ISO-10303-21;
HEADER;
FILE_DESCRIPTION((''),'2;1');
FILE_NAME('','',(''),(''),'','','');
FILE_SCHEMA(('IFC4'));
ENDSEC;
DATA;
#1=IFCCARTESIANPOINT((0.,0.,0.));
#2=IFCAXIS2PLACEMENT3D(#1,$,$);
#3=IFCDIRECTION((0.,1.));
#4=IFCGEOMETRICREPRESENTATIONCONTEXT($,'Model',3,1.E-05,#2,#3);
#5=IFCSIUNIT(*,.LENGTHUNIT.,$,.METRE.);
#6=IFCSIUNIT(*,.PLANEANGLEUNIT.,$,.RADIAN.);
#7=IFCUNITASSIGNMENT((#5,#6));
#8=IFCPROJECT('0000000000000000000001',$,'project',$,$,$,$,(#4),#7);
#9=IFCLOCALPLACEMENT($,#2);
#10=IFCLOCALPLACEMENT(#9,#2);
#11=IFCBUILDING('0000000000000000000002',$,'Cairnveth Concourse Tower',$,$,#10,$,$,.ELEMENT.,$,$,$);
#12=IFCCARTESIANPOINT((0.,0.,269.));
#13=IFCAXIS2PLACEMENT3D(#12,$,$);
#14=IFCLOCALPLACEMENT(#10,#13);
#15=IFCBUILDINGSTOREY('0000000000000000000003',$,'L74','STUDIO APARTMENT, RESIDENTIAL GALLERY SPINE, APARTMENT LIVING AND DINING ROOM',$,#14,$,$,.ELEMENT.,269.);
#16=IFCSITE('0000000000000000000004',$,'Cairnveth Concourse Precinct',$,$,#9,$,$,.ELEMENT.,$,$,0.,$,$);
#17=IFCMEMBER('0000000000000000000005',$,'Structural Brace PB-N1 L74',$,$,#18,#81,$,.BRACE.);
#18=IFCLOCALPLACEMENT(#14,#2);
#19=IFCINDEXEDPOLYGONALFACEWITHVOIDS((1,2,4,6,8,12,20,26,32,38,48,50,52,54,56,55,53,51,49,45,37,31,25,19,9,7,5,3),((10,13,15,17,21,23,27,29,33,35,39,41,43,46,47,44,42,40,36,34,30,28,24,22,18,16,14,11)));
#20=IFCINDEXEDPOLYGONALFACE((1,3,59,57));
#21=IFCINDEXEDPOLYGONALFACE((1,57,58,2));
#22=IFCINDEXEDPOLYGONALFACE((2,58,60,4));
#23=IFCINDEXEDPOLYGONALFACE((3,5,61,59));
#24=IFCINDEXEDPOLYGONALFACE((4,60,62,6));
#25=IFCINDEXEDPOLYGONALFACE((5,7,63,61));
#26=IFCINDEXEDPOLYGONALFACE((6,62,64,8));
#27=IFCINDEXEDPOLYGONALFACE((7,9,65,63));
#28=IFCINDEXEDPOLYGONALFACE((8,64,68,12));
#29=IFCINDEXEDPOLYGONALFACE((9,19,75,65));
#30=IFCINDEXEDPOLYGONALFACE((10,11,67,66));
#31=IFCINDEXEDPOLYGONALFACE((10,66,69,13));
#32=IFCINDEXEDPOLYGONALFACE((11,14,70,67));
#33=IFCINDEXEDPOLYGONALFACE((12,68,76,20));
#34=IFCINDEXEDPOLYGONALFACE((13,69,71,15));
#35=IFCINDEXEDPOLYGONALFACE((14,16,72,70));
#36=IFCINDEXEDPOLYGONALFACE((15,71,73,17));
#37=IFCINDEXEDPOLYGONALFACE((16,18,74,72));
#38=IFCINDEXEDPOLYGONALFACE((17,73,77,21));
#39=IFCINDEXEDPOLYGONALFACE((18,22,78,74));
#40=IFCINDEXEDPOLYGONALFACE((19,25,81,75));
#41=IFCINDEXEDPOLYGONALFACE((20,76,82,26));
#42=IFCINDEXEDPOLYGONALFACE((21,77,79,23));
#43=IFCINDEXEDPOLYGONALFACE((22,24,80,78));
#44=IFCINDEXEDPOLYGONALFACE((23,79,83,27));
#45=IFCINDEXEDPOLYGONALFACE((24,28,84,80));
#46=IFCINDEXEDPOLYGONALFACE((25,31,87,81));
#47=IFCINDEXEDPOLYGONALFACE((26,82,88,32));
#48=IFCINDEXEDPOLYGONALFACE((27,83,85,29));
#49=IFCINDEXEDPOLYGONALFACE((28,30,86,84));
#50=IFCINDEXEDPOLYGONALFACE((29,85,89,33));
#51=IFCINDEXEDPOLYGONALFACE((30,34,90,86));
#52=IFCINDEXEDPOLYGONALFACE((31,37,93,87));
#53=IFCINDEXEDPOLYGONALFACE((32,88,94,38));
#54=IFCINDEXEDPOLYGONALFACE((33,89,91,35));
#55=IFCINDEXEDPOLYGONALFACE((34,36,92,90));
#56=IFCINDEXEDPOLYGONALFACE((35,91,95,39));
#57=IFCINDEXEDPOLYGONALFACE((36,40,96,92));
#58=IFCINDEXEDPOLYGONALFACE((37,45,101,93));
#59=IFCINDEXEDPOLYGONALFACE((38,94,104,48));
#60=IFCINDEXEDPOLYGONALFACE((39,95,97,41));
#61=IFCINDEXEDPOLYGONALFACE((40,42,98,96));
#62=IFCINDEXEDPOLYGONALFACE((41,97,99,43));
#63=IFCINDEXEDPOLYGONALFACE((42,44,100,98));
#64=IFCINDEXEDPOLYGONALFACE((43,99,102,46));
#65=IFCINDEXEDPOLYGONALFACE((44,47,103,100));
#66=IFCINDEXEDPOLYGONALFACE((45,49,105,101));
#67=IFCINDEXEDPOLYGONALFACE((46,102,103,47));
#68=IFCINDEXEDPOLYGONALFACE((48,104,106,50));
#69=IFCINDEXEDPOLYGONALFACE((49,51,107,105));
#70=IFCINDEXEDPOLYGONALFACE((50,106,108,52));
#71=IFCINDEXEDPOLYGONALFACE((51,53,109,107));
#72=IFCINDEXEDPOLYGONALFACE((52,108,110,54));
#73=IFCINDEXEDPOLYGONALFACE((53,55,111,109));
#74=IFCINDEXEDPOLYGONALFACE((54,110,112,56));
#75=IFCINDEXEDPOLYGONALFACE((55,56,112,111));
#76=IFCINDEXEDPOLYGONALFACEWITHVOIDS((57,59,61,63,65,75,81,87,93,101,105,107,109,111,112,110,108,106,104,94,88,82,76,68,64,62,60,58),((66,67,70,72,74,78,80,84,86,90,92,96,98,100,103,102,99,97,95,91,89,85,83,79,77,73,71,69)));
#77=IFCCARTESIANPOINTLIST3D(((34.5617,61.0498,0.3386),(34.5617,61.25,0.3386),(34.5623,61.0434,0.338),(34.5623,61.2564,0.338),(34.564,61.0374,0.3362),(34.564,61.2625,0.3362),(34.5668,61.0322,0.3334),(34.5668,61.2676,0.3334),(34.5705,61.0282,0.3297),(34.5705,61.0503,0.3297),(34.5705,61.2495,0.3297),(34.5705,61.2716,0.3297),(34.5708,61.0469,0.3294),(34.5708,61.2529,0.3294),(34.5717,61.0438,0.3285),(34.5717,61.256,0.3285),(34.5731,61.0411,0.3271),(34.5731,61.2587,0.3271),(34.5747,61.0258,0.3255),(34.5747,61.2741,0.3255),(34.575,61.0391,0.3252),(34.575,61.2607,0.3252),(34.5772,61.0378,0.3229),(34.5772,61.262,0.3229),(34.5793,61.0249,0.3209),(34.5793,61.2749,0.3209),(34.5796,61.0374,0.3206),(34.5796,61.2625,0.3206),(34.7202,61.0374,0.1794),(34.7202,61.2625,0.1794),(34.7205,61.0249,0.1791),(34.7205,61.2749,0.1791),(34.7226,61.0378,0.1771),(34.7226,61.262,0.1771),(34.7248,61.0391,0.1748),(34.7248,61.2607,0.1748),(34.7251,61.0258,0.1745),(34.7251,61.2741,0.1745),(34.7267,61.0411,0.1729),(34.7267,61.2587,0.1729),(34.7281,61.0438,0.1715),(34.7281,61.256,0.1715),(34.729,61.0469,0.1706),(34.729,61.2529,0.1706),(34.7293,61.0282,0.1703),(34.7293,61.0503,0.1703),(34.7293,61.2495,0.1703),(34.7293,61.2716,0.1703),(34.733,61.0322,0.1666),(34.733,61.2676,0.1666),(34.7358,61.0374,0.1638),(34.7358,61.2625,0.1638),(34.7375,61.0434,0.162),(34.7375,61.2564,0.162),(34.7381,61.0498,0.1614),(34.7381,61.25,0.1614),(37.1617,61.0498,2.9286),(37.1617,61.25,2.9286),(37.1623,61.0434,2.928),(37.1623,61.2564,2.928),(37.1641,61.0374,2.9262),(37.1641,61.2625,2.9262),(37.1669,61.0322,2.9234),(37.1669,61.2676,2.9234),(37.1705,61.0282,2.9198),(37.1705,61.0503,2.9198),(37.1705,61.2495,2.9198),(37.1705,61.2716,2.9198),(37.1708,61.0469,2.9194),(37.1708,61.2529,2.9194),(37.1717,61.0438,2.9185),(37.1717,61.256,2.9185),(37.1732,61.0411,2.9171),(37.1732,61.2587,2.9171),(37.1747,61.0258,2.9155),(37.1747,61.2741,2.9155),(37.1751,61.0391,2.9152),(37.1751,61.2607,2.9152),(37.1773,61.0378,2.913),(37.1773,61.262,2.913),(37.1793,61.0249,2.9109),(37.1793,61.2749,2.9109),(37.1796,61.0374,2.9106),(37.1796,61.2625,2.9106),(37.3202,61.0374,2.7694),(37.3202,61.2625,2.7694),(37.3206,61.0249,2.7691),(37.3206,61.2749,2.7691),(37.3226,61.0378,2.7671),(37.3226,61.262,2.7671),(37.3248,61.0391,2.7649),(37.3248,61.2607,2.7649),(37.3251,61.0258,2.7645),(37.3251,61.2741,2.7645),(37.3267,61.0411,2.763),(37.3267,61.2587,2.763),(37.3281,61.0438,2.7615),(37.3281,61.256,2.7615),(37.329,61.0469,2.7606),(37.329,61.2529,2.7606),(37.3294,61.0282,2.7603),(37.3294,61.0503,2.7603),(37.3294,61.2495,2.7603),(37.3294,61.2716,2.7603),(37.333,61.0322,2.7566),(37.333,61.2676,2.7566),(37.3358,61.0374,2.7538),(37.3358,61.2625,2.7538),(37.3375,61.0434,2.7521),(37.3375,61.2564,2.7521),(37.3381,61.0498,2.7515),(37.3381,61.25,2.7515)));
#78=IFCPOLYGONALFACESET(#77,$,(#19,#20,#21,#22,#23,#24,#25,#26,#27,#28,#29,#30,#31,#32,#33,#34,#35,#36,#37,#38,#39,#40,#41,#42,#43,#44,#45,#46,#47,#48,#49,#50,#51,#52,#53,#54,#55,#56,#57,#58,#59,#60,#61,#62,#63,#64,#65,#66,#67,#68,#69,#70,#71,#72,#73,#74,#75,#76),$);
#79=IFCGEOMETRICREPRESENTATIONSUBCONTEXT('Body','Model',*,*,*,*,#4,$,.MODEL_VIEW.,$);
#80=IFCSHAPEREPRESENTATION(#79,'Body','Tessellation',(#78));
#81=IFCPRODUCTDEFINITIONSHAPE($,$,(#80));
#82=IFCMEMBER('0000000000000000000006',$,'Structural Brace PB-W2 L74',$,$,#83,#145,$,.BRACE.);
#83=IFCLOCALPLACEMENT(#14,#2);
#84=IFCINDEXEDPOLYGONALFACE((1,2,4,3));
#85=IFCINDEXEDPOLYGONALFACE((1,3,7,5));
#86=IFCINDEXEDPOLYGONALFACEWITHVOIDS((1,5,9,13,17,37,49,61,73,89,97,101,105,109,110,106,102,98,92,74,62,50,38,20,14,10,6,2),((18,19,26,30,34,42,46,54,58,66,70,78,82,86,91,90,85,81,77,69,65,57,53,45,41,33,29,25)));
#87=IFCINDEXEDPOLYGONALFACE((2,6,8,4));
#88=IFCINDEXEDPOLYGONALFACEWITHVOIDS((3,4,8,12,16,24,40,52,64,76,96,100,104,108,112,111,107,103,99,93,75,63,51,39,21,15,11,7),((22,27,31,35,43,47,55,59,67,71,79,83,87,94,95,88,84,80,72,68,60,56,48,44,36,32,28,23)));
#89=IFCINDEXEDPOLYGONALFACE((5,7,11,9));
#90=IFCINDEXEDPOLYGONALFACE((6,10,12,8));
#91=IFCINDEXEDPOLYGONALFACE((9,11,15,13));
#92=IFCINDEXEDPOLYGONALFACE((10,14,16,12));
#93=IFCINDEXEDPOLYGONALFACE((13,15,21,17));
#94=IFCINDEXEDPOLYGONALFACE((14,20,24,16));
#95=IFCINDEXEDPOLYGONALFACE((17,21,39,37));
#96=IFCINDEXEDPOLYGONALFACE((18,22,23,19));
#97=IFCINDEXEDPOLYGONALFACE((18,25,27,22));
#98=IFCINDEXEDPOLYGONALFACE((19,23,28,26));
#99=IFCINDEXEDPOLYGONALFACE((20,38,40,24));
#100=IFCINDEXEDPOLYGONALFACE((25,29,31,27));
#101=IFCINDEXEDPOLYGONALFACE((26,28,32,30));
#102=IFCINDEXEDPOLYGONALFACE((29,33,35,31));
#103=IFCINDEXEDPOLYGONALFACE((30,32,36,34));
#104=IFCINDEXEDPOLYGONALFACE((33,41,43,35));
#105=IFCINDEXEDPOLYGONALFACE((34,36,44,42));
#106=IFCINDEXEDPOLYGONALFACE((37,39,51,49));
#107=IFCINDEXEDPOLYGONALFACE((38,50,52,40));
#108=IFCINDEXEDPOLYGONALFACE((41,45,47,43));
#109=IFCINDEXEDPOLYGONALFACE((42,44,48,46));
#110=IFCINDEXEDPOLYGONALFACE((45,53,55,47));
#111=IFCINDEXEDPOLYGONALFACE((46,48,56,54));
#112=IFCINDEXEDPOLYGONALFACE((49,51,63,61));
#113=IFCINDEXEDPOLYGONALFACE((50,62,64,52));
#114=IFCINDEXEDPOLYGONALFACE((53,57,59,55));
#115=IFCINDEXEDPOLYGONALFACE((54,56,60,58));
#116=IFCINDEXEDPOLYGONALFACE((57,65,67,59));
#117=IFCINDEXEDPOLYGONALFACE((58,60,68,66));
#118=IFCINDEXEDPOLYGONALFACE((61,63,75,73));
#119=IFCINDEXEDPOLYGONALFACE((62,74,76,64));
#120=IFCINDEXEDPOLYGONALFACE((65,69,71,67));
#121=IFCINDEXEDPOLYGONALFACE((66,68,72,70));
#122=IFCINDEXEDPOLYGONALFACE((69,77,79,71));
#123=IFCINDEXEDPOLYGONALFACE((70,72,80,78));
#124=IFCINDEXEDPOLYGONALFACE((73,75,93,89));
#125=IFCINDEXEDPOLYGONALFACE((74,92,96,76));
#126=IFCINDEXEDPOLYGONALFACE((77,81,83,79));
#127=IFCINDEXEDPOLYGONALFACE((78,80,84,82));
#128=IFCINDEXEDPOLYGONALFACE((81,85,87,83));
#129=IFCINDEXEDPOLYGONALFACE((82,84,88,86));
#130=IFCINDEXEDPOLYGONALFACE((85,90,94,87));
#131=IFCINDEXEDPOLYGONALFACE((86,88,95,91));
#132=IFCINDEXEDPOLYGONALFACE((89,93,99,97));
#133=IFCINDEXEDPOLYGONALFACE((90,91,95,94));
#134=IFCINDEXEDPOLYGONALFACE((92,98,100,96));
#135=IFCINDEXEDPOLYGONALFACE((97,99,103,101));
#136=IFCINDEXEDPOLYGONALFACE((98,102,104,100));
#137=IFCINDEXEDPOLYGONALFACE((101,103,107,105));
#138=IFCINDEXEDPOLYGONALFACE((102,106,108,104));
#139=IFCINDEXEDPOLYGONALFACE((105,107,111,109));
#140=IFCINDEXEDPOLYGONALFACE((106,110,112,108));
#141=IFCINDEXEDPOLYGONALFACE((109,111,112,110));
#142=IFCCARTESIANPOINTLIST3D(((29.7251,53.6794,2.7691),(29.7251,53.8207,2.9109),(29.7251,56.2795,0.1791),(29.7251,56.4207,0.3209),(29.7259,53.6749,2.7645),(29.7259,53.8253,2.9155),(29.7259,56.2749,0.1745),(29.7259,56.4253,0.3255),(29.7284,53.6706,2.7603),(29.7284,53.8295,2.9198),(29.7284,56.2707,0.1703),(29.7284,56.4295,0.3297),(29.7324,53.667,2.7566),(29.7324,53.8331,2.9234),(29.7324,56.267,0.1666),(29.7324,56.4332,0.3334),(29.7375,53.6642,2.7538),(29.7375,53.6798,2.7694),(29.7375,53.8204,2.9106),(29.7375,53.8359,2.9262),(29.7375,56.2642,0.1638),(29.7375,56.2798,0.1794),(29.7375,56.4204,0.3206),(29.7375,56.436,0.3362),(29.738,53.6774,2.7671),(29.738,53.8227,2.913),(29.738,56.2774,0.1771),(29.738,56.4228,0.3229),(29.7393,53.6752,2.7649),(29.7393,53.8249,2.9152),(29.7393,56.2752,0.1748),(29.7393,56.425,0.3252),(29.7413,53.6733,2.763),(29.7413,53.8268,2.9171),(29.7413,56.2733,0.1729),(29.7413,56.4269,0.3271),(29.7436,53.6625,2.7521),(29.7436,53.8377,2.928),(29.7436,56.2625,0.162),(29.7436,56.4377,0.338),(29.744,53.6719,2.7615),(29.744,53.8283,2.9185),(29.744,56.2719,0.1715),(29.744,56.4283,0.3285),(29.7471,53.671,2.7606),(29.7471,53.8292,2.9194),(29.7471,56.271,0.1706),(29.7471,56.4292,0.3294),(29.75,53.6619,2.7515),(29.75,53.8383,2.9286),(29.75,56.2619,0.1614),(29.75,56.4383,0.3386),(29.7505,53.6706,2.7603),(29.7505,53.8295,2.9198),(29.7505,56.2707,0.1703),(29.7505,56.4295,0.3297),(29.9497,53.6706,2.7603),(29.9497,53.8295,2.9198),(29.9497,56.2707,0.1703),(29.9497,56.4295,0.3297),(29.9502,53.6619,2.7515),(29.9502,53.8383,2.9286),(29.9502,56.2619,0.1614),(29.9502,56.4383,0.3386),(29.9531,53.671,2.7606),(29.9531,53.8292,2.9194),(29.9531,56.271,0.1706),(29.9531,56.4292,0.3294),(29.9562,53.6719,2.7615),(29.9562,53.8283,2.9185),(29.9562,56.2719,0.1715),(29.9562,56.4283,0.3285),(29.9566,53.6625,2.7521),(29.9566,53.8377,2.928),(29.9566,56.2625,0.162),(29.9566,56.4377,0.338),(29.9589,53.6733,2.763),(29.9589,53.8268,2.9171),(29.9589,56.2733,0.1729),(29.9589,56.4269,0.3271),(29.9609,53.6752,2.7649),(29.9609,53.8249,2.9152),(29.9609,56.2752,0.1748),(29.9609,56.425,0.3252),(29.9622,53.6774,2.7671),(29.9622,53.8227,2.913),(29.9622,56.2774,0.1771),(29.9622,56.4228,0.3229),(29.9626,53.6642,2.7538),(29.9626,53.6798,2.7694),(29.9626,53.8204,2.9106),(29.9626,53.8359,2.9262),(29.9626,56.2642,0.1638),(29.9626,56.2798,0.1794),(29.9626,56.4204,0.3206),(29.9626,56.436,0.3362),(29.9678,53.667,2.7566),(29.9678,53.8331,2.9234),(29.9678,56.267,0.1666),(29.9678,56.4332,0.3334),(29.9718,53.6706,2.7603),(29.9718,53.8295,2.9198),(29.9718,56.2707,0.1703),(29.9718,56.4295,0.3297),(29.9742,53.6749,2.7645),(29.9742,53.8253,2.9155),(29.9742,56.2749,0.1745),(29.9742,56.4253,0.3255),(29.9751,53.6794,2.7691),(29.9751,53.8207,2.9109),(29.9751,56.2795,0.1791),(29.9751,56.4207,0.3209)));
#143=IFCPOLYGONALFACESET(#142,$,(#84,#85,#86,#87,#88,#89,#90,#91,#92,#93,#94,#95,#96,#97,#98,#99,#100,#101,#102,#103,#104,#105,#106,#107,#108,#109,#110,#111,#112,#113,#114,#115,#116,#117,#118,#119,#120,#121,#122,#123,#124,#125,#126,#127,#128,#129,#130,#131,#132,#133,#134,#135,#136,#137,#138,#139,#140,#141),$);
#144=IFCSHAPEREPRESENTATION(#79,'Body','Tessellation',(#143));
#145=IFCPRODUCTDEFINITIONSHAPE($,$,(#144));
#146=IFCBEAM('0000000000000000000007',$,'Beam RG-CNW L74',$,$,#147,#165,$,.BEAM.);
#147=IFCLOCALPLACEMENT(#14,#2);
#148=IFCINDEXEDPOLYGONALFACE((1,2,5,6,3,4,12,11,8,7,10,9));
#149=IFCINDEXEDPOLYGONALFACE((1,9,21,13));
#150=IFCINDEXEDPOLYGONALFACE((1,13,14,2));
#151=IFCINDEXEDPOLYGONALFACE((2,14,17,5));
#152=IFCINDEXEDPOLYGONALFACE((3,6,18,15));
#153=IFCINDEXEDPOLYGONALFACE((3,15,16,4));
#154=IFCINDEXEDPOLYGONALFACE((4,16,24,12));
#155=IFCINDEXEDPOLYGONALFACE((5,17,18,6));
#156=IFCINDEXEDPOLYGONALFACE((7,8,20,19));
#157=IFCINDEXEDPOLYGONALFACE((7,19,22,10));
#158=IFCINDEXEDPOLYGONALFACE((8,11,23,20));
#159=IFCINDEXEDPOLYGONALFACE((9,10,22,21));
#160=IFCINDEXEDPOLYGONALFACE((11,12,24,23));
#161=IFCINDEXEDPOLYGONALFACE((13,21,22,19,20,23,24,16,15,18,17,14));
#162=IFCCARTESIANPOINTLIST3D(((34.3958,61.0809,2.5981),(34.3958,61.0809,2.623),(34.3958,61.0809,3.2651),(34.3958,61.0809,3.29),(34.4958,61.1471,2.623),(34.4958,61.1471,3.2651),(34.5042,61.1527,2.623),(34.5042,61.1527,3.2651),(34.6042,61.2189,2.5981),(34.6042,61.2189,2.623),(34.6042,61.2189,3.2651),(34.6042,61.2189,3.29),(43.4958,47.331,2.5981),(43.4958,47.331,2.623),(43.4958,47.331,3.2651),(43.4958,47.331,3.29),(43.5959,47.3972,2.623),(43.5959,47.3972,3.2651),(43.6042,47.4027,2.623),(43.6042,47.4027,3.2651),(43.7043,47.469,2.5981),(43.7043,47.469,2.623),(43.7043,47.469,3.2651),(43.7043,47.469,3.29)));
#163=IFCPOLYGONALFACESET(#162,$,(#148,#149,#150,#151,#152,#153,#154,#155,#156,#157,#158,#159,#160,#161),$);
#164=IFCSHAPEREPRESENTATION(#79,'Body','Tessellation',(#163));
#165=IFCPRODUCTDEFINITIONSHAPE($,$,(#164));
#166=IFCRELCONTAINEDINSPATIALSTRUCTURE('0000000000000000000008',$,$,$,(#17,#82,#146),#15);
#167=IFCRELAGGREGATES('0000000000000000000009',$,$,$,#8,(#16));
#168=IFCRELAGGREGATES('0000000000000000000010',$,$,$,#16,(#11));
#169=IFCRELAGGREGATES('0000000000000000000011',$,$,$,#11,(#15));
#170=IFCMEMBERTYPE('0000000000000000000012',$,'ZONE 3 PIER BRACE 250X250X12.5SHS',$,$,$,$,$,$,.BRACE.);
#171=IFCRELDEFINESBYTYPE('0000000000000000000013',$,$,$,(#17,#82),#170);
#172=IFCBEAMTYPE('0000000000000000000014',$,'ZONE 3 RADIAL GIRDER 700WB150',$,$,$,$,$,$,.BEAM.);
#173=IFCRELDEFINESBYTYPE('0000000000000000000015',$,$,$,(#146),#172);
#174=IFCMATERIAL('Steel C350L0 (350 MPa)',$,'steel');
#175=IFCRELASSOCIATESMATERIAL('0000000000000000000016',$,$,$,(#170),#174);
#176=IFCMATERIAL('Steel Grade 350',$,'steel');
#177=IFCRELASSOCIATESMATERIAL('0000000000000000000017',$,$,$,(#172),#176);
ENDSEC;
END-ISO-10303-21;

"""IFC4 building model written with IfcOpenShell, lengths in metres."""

from ifc_helpers import new_model, si_unit, direction, frame, origin, origin_2d, place, context, subcontext, project, spatial, hollow_rectangle, i_section, extrude, material, material_profile, profile_set, type_object, element, save


model = new_model("IFC4")

# Units and contexts
model_context = context("Model", 3, precision=1e-05, world=origin(), true_north=direction((0.0, 1.0)))
body_context = subcontext(model_context, "Body", "Model", "MODEL_VIEW")
ifc_project = project(units=[si_unit("LENGTHUNIT", "METRE"), si_unit("PLANEANGLEUNIT", "RADIAN")], contexts=[model_context])

# Site, building, storey
site_placement = place(None, origin())
site = spatial("IfcSite", under=ifc_project, at=site_placement, Name="Cairnveth Concourse Precinct", CompositionType="ELEMENT", RefElevation=0.0)
building_placement = place(site_placement, origin())
building = spatial("IfcBuilding", under=site, at=building_placement, Name="Cairnveth Concourse Tower", CompositionType="ELEMENT")
storey_placement = place(building_placement, frame((0.0, 0.0, 269.0)))
storey = spatial("IfcBuildingStorey", under=building, at=storey_placement, Name="L74", Description="STUDIO APARTMENT, RESIDENTIAL GALLERY SPINE, APARTMENT LIVING AND DINING ROOM", CompositionType="ELEMENT", Elevation=269.0)

# Shared definitions
ifc_material_1 = material(Name="Steel Grade 350", Category="steel")

# Members
ifc_material_2 = material(Name="Steel C350L0 (350 MPa)", Category="steel")
ifc_material_profile_1 = material_profile(ifc_material_2, hollow_rectangle(XDim=0.25, YDim=0.25, WallThickness=0.0125, InnerFilletRadius=0.0129, OuterFilletRadius=0.0249, at=origin_2d()), Name="250x250x12.5SHS")
ifc_profile_set_1 = profile_set([ifc_material_profile_1], Name="Steel C350L0 (350 MPa)")
member_type = type_object("IfcMemberType", Name="ZONE 3 PIER BRACE 250X250X12.5SHS", PredefinedType="BRACE", material=ifc_profile_set_1)
for number, where, z_axis, x_axis, name in (
    (1, (34.6499, 61.1499, 0.25), (0.708469, 0.0, 0.705742), (0.0, 1.0, 0.0), "Structural Brace PB-N1 L74"),
    (2, (29.8501, 56.3501, 0.25), (0.0, -0.708469, 0.705742), (1.0, 0.0, 0.0), "Structural Brace PB-W2 L74"),
):
    element("IfcMember", number, at=place(storey_placement, frame(where, z_axis=z_axis, x_axis=x_axis)), inside=storey, type_object=member_type, Name=name, PredefinedType="BRACE", context=body_context, shape_type="SweptSolid", body=[
        extrude(hollow_rectangle(XDim=0.25, YDim=0.25, WallThickness=0.0125, InnerFilletRadius=0.0129, OuterFilletRadius=0.0249, at=origin_2d()), origin(), (0.0, 0.0, 1.0), 3.6699),
    ])

# Beam
ifc_material_profile_2 = material_profile(ifc_material_1, i_section(OverallWidth=0.25, OverallDepth=0.6919, WebThickness=0.01, FlangeThickness=0.0249, at=origin_2d()), Name="700WB150")
ifc_profile_set_2 = profile_set([ifc_material_profile_2], Name="Steel Grade 350")
beam_type_1 = type_object("IfcBeamType", Name="ZONE 3 RADIAL GIRDER 700WB150", PredefinedType="BEAM", material=ifc_profile_set_2)
beam_1_placement = place(storey_placement, frame((34.5, 61.1499, 2.9441), z_axis=(0.551902, -0.833909, 0.0), x_axis=(0.833909, 0.551902, 0.0)))
element("IfcBeam", 3, at=beam_1_placement, inside=storey, type_object=beam_type_1, Name="Beam RG-CNW L74", PredefinedType="BEAM", context=body_context, shape_type="SweptSolid", body=[
    extrude(i_section(OverallWidth=0.25, OverallDepth=0.6919, WebThickness=0.01, FlangeThickness=0.0249, at=origin_2d()), origin(), (0.0, 0.0, 1.0), 16.4885),
])

save(model, "model.ifc")
